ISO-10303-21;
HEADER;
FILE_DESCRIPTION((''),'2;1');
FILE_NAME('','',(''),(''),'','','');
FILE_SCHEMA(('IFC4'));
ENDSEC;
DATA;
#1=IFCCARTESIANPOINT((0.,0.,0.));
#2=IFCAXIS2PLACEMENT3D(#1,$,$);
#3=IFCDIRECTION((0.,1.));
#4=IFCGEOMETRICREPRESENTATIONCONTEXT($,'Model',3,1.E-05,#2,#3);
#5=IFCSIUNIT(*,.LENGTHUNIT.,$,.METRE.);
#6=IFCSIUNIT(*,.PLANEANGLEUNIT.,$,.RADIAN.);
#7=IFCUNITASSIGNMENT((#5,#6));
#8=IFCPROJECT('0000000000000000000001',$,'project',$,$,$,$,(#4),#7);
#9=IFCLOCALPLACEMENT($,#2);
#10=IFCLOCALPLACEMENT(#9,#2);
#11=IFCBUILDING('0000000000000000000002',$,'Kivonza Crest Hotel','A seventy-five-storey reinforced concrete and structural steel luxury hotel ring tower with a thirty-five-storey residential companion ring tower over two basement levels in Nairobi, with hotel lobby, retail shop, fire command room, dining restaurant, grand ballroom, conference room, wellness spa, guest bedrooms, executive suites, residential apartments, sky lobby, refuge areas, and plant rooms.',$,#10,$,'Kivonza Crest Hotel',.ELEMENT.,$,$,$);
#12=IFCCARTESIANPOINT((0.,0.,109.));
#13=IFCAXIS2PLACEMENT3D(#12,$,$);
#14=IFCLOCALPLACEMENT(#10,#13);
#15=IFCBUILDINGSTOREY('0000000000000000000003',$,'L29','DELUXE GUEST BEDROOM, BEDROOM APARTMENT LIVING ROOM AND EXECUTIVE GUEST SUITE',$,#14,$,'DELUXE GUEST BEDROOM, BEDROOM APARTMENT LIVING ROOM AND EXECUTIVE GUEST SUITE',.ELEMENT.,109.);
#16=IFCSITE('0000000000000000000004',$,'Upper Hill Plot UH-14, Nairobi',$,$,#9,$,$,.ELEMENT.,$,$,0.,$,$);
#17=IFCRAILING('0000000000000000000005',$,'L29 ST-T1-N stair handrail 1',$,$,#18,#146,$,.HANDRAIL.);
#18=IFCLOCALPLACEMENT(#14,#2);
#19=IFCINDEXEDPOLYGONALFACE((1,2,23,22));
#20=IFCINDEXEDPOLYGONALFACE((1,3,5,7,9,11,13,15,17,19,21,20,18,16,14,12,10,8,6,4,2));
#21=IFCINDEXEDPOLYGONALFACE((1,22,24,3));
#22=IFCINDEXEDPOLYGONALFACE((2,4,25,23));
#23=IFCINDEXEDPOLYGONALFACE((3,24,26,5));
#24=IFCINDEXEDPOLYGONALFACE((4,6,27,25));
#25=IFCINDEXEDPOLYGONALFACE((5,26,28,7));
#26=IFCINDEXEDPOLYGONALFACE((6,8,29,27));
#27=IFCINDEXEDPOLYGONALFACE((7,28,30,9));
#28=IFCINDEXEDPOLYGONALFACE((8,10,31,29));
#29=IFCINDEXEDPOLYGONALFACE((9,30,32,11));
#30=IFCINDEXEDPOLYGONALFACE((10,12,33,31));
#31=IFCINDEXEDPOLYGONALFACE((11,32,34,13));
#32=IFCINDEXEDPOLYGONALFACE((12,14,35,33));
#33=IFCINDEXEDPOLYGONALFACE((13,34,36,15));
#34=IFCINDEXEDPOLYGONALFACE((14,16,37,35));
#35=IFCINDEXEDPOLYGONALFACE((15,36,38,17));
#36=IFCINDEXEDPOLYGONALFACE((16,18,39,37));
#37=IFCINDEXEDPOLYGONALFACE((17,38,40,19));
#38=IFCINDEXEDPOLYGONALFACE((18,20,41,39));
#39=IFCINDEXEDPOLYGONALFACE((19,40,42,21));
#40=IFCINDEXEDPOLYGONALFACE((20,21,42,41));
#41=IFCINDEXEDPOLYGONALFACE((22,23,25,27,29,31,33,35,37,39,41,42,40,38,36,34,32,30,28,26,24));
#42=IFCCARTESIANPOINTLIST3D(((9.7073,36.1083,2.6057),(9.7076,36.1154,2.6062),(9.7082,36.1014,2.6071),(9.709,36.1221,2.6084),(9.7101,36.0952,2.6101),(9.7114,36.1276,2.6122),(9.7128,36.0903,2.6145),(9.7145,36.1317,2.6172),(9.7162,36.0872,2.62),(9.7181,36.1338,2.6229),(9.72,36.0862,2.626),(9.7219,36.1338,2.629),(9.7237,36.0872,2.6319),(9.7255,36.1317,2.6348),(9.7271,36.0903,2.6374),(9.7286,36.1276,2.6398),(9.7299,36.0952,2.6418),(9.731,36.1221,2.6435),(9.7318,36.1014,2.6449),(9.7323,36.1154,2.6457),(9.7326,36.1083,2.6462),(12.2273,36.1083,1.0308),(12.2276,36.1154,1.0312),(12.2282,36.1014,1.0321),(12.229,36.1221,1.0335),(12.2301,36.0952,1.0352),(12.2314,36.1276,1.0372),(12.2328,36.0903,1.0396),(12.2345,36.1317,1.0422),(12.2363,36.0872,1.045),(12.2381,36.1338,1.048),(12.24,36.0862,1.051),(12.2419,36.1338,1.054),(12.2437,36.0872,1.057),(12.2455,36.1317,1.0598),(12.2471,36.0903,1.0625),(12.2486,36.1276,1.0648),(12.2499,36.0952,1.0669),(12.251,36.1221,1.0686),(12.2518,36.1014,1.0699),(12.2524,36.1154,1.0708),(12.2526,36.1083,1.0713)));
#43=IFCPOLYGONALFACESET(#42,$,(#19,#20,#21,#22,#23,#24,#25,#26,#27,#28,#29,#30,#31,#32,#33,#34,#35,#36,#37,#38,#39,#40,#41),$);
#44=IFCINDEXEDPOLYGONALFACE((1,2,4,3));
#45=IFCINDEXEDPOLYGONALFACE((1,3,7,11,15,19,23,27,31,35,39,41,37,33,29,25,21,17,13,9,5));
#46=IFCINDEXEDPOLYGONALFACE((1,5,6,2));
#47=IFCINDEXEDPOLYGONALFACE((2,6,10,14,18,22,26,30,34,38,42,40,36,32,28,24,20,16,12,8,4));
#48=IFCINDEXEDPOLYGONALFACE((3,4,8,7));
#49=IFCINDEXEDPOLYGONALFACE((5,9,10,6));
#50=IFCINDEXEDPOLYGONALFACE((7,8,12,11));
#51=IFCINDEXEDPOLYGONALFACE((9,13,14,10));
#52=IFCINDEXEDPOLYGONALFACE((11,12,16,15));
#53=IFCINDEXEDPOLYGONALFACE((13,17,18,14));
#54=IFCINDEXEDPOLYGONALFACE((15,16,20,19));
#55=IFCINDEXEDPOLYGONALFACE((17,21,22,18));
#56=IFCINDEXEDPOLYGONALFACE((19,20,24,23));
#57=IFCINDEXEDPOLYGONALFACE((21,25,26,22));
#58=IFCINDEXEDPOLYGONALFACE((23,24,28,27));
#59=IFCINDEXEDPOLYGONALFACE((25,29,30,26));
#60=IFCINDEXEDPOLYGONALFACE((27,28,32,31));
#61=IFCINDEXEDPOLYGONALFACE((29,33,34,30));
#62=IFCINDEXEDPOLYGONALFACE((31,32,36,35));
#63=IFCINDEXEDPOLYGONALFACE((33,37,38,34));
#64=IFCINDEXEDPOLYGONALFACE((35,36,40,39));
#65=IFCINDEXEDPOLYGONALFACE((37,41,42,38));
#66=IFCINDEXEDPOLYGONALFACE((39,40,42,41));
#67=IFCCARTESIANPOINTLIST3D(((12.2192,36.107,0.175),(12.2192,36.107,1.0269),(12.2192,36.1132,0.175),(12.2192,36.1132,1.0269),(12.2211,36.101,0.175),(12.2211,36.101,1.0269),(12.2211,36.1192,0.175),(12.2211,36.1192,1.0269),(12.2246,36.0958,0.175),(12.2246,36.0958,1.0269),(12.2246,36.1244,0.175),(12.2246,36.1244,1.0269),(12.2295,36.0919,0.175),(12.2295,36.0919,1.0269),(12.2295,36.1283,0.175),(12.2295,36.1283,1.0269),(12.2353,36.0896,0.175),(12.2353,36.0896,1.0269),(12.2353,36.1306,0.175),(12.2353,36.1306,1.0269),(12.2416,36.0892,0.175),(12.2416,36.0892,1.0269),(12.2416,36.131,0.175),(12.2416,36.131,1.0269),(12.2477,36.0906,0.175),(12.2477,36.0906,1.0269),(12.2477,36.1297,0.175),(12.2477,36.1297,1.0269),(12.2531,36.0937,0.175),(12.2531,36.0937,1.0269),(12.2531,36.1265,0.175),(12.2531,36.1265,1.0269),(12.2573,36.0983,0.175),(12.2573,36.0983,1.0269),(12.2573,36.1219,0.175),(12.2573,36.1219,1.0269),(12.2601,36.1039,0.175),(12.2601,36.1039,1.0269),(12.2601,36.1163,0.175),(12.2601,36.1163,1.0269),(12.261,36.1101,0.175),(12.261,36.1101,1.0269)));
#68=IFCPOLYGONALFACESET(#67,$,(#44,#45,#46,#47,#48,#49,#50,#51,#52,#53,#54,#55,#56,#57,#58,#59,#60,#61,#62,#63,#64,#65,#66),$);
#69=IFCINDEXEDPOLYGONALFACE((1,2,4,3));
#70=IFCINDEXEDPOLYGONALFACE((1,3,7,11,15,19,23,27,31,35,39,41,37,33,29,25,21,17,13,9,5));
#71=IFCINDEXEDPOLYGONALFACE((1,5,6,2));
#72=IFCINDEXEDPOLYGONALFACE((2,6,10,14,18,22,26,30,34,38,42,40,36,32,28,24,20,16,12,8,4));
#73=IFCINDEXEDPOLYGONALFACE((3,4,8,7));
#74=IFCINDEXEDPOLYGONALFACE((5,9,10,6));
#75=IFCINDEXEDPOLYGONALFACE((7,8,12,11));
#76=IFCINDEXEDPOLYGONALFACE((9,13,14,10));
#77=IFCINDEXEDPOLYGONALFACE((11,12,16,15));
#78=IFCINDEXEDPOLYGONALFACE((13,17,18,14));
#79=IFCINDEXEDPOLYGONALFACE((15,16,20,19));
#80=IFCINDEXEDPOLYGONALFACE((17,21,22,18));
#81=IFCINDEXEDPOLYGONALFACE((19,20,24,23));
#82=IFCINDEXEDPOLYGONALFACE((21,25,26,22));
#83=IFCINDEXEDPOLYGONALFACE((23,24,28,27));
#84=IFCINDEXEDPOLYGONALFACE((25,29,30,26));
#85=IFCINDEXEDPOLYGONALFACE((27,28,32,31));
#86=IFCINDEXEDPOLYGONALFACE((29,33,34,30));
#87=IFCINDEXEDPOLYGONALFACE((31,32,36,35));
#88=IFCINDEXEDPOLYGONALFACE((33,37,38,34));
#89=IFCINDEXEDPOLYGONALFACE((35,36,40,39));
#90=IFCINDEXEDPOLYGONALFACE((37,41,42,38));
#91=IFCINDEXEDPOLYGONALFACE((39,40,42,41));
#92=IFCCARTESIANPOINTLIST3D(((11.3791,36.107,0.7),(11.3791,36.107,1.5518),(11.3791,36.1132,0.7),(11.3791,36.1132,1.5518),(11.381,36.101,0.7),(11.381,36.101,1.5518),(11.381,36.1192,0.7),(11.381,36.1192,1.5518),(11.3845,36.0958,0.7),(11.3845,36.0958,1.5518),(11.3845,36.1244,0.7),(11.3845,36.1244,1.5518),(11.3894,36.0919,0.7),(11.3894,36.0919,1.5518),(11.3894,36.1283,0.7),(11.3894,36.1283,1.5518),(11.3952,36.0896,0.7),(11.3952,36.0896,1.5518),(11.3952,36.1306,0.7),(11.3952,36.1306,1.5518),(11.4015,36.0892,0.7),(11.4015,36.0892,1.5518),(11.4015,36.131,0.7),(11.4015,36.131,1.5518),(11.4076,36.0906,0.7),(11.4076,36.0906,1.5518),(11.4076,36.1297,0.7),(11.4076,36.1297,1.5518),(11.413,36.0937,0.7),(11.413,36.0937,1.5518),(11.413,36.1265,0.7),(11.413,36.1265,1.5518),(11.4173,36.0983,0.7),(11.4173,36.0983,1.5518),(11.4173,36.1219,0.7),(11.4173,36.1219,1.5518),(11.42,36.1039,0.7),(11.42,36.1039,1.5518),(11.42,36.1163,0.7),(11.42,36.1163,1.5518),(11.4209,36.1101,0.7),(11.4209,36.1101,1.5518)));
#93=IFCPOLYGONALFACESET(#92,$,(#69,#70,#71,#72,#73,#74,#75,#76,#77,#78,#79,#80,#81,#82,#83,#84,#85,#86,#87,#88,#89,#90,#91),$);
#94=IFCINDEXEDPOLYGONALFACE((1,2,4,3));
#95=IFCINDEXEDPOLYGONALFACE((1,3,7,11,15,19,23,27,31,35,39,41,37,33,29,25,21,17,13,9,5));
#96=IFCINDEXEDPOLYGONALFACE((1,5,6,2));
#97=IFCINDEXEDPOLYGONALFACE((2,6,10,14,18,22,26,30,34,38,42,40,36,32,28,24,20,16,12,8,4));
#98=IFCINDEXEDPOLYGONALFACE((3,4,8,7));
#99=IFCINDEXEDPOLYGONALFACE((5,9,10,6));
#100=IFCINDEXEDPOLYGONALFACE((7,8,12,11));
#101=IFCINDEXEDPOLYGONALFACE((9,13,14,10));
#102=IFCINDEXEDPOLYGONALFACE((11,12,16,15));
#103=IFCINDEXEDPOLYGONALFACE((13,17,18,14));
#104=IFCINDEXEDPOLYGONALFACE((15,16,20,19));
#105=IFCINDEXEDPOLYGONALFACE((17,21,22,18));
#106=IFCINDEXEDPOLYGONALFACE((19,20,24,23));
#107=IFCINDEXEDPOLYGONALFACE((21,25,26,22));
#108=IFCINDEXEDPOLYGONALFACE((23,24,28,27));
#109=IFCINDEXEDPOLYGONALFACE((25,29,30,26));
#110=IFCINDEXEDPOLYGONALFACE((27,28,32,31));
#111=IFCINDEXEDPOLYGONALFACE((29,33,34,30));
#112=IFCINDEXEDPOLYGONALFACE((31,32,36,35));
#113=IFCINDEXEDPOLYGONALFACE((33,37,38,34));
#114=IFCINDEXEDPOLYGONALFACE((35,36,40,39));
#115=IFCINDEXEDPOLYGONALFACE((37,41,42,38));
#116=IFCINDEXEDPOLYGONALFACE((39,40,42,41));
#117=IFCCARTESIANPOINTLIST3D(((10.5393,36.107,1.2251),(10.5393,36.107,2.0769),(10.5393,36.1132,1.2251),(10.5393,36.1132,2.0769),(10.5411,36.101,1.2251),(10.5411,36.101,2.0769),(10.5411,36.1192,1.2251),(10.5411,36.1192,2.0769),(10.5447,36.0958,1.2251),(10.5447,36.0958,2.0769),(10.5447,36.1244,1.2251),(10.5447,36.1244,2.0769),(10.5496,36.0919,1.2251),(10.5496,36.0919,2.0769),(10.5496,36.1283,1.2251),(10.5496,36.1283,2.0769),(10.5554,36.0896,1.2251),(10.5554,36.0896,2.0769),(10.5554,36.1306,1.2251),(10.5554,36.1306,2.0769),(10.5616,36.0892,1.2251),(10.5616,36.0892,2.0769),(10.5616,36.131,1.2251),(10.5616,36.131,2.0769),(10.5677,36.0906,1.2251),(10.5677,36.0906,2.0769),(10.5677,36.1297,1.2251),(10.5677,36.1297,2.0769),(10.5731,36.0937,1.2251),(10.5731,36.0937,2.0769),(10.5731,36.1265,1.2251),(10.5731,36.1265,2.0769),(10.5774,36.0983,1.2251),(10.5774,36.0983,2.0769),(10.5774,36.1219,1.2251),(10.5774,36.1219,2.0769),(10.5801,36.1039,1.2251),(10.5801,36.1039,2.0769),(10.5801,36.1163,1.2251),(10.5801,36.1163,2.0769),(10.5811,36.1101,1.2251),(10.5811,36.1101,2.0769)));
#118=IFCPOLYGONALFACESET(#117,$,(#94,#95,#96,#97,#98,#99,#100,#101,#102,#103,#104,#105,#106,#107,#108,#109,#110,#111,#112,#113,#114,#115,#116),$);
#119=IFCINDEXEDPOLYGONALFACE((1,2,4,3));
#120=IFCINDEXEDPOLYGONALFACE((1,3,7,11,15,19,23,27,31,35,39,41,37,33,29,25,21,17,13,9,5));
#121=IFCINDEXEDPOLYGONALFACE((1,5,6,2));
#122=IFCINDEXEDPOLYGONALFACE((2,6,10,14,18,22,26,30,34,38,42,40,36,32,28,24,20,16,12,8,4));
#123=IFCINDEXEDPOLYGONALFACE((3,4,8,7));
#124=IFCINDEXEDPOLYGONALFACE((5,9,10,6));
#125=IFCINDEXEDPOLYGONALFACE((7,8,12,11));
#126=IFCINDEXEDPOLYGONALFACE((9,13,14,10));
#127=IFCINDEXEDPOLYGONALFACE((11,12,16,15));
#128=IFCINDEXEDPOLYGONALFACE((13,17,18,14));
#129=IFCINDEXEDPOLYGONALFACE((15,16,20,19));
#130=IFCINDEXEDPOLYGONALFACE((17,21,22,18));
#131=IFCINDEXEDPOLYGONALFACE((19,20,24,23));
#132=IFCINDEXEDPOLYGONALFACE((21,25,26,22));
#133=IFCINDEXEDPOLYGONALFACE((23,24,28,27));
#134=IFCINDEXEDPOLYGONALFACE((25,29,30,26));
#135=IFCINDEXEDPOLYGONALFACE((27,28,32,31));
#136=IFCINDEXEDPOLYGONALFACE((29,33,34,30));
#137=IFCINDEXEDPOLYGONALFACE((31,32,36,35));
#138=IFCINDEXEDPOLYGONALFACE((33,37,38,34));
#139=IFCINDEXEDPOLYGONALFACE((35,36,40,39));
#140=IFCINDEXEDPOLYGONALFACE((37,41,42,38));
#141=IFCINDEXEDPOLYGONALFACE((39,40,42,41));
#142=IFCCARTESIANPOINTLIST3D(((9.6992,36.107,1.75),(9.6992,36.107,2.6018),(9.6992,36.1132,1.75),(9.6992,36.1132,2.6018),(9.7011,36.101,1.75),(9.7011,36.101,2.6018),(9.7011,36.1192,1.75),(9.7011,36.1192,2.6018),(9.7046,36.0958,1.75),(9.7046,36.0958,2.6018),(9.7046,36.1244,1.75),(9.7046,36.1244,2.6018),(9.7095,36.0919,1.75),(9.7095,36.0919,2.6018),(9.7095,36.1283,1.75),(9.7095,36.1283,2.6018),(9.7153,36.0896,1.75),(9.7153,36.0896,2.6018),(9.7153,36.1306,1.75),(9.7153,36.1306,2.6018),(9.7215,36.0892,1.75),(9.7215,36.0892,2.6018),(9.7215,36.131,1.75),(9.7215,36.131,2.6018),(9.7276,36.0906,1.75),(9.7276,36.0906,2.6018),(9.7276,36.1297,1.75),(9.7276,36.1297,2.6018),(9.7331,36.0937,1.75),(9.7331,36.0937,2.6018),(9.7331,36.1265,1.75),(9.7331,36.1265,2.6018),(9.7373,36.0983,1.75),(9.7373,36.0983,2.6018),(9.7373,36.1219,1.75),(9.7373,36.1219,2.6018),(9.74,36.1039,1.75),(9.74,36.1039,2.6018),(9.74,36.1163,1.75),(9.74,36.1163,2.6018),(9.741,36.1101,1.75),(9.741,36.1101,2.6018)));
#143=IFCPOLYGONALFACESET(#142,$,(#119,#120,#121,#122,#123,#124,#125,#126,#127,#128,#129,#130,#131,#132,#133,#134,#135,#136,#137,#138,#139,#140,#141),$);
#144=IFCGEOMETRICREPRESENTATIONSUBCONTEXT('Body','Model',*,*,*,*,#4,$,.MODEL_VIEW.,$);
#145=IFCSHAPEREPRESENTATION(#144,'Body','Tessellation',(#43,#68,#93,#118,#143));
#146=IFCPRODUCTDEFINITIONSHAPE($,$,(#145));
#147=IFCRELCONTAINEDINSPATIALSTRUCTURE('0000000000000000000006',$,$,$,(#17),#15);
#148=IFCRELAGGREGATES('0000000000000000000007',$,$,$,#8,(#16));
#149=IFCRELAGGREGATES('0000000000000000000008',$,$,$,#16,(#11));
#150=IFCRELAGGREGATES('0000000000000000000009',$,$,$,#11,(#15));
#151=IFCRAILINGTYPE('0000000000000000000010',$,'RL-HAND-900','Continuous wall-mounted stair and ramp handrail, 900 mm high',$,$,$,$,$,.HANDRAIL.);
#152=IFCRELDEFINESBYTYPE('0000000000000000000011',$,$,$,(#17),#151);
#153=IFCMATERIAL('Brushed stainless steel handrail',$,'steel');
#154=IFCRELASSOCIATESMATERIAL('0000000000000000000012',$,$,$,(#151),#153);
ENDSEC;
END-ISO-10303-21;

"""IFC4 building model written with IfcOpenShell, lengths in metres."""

from ifc_helpers import new_model, si_unit, direction, frame, origin, origin_2d, place, context, subcontext, project, spatial, circle, extrude, material, type_object, element, save


model = new_model("IFC4")

# Units and contexts
model_context = context("Model", 3, precision=1e-05, world=origin(), true_north=direction((0.0, 1.0)))
body_context = subcontext(model_context, "Body", "Model", "MODEL_VIEW")
ifc_project = project(units=[si_unit("LENGTHUNIT", "METRE"), si_unit("PLANEANGLEUNIT", "RADIAN")], contexts=[model_context])

# Site, building, storey
site_placement = place(None, origin())
site = spatial("IfcSite", under=ifc_project, at=site_placement, Name="Upper Hill Plot UH-14, Nairobi", CompositionType="ELEMENT", RefElevation=0.0)
building_placement = place(site_placement, origin())
building = spatial("IfcBuilding", under=site, at=building_placement, Name="Kivonza Crest Hotel", Description="A seventy-five-storey reinforced concrete and structural steel luxury hotel ring tower with a thirty-five-storey residential companion ring tower over two basement levels in Nairobi, with hotel lobby, retail shop, fire command room, dining restaurant, grand ballroom, conference room, wellness spa, guest bedrooms, executive suites, residential apartments, sky lobby, refuge areas, and plant rooms.", LongName="Kivonza Crest Hotel", CompositionType="ELEMENT")
storey_placement = place(building_placement, frame((0.0, 0.0, 109.0)))
storey = spatial("IfcBuildingStorey", under=building, at=storey_placement, Name="L29", Description="DELUXE GUEST BEDROOM, BEDROOM APARTMENT LIVING ROOM AND EXECUTIVE GUEST SUITE", LongName="DELUXE GUEST BEDROOM, BEDROOM APARTMENT LIVING ROOM AND EXECUTIVE GUEST SUITE", CompositionType="ELEMENT", Elevation=109.0)

# Railing
ifc_material_1 = material(Name="Brushed stainless steel handrail", Category="steel")
railing_type_1 = type_object("IfcRailingType", Name="RL-HAND-900", Description="Continuous wall-mounted stair and ramp handrail, 900 mm high", PredefinedType="HANDRAIL", material=ifc_material_1)
railing_1_placement = place(storey_placement, frame((12.24, 36.1101, 0.175)))
element("IfcRailing", 1, at=railing_1_placement, inside=storey, type_object=railing_type_1, Name="L29 ST-T1-N stair handrail 1", PredefinedType="HANDRAIL", context=body_context, shape_type="SweptSolid", body=[
    extrude(circle(Radius=0.0239, at=origin_2d()), frame((0.0, 0.0, 0.876), z_axis=(-0.848008, 0.0, 0.529984), x_axis=(0.0, -1.0, 0.0)), (0.0, 0.0, 1.0), 2.9717),
    extrude(circle(Radius=0.021, at=origin_2d()), origin(), (0.0, 0.0, 1.0), 0.8518),
    extrude(circle(Radius=0.021, at=origin_2d()), frame((-0.8401, 0.0, 0.5249)), (0.0, 0.0, 1.0), 0.8518),
    extrude(circle(Radius=0.021, at=origin_2d()), frame((-1.6799, 0.0, 1.05)), (0.0, 0.0, 1.0), 0.8518),
    extrude(circle(Radius=0.021, at=origin_2d()), frame((-2.52, 0.0, 1.575)), (0.0, 0.0, 1.0), 0.8518),
])

save(model, "model.ifc")
